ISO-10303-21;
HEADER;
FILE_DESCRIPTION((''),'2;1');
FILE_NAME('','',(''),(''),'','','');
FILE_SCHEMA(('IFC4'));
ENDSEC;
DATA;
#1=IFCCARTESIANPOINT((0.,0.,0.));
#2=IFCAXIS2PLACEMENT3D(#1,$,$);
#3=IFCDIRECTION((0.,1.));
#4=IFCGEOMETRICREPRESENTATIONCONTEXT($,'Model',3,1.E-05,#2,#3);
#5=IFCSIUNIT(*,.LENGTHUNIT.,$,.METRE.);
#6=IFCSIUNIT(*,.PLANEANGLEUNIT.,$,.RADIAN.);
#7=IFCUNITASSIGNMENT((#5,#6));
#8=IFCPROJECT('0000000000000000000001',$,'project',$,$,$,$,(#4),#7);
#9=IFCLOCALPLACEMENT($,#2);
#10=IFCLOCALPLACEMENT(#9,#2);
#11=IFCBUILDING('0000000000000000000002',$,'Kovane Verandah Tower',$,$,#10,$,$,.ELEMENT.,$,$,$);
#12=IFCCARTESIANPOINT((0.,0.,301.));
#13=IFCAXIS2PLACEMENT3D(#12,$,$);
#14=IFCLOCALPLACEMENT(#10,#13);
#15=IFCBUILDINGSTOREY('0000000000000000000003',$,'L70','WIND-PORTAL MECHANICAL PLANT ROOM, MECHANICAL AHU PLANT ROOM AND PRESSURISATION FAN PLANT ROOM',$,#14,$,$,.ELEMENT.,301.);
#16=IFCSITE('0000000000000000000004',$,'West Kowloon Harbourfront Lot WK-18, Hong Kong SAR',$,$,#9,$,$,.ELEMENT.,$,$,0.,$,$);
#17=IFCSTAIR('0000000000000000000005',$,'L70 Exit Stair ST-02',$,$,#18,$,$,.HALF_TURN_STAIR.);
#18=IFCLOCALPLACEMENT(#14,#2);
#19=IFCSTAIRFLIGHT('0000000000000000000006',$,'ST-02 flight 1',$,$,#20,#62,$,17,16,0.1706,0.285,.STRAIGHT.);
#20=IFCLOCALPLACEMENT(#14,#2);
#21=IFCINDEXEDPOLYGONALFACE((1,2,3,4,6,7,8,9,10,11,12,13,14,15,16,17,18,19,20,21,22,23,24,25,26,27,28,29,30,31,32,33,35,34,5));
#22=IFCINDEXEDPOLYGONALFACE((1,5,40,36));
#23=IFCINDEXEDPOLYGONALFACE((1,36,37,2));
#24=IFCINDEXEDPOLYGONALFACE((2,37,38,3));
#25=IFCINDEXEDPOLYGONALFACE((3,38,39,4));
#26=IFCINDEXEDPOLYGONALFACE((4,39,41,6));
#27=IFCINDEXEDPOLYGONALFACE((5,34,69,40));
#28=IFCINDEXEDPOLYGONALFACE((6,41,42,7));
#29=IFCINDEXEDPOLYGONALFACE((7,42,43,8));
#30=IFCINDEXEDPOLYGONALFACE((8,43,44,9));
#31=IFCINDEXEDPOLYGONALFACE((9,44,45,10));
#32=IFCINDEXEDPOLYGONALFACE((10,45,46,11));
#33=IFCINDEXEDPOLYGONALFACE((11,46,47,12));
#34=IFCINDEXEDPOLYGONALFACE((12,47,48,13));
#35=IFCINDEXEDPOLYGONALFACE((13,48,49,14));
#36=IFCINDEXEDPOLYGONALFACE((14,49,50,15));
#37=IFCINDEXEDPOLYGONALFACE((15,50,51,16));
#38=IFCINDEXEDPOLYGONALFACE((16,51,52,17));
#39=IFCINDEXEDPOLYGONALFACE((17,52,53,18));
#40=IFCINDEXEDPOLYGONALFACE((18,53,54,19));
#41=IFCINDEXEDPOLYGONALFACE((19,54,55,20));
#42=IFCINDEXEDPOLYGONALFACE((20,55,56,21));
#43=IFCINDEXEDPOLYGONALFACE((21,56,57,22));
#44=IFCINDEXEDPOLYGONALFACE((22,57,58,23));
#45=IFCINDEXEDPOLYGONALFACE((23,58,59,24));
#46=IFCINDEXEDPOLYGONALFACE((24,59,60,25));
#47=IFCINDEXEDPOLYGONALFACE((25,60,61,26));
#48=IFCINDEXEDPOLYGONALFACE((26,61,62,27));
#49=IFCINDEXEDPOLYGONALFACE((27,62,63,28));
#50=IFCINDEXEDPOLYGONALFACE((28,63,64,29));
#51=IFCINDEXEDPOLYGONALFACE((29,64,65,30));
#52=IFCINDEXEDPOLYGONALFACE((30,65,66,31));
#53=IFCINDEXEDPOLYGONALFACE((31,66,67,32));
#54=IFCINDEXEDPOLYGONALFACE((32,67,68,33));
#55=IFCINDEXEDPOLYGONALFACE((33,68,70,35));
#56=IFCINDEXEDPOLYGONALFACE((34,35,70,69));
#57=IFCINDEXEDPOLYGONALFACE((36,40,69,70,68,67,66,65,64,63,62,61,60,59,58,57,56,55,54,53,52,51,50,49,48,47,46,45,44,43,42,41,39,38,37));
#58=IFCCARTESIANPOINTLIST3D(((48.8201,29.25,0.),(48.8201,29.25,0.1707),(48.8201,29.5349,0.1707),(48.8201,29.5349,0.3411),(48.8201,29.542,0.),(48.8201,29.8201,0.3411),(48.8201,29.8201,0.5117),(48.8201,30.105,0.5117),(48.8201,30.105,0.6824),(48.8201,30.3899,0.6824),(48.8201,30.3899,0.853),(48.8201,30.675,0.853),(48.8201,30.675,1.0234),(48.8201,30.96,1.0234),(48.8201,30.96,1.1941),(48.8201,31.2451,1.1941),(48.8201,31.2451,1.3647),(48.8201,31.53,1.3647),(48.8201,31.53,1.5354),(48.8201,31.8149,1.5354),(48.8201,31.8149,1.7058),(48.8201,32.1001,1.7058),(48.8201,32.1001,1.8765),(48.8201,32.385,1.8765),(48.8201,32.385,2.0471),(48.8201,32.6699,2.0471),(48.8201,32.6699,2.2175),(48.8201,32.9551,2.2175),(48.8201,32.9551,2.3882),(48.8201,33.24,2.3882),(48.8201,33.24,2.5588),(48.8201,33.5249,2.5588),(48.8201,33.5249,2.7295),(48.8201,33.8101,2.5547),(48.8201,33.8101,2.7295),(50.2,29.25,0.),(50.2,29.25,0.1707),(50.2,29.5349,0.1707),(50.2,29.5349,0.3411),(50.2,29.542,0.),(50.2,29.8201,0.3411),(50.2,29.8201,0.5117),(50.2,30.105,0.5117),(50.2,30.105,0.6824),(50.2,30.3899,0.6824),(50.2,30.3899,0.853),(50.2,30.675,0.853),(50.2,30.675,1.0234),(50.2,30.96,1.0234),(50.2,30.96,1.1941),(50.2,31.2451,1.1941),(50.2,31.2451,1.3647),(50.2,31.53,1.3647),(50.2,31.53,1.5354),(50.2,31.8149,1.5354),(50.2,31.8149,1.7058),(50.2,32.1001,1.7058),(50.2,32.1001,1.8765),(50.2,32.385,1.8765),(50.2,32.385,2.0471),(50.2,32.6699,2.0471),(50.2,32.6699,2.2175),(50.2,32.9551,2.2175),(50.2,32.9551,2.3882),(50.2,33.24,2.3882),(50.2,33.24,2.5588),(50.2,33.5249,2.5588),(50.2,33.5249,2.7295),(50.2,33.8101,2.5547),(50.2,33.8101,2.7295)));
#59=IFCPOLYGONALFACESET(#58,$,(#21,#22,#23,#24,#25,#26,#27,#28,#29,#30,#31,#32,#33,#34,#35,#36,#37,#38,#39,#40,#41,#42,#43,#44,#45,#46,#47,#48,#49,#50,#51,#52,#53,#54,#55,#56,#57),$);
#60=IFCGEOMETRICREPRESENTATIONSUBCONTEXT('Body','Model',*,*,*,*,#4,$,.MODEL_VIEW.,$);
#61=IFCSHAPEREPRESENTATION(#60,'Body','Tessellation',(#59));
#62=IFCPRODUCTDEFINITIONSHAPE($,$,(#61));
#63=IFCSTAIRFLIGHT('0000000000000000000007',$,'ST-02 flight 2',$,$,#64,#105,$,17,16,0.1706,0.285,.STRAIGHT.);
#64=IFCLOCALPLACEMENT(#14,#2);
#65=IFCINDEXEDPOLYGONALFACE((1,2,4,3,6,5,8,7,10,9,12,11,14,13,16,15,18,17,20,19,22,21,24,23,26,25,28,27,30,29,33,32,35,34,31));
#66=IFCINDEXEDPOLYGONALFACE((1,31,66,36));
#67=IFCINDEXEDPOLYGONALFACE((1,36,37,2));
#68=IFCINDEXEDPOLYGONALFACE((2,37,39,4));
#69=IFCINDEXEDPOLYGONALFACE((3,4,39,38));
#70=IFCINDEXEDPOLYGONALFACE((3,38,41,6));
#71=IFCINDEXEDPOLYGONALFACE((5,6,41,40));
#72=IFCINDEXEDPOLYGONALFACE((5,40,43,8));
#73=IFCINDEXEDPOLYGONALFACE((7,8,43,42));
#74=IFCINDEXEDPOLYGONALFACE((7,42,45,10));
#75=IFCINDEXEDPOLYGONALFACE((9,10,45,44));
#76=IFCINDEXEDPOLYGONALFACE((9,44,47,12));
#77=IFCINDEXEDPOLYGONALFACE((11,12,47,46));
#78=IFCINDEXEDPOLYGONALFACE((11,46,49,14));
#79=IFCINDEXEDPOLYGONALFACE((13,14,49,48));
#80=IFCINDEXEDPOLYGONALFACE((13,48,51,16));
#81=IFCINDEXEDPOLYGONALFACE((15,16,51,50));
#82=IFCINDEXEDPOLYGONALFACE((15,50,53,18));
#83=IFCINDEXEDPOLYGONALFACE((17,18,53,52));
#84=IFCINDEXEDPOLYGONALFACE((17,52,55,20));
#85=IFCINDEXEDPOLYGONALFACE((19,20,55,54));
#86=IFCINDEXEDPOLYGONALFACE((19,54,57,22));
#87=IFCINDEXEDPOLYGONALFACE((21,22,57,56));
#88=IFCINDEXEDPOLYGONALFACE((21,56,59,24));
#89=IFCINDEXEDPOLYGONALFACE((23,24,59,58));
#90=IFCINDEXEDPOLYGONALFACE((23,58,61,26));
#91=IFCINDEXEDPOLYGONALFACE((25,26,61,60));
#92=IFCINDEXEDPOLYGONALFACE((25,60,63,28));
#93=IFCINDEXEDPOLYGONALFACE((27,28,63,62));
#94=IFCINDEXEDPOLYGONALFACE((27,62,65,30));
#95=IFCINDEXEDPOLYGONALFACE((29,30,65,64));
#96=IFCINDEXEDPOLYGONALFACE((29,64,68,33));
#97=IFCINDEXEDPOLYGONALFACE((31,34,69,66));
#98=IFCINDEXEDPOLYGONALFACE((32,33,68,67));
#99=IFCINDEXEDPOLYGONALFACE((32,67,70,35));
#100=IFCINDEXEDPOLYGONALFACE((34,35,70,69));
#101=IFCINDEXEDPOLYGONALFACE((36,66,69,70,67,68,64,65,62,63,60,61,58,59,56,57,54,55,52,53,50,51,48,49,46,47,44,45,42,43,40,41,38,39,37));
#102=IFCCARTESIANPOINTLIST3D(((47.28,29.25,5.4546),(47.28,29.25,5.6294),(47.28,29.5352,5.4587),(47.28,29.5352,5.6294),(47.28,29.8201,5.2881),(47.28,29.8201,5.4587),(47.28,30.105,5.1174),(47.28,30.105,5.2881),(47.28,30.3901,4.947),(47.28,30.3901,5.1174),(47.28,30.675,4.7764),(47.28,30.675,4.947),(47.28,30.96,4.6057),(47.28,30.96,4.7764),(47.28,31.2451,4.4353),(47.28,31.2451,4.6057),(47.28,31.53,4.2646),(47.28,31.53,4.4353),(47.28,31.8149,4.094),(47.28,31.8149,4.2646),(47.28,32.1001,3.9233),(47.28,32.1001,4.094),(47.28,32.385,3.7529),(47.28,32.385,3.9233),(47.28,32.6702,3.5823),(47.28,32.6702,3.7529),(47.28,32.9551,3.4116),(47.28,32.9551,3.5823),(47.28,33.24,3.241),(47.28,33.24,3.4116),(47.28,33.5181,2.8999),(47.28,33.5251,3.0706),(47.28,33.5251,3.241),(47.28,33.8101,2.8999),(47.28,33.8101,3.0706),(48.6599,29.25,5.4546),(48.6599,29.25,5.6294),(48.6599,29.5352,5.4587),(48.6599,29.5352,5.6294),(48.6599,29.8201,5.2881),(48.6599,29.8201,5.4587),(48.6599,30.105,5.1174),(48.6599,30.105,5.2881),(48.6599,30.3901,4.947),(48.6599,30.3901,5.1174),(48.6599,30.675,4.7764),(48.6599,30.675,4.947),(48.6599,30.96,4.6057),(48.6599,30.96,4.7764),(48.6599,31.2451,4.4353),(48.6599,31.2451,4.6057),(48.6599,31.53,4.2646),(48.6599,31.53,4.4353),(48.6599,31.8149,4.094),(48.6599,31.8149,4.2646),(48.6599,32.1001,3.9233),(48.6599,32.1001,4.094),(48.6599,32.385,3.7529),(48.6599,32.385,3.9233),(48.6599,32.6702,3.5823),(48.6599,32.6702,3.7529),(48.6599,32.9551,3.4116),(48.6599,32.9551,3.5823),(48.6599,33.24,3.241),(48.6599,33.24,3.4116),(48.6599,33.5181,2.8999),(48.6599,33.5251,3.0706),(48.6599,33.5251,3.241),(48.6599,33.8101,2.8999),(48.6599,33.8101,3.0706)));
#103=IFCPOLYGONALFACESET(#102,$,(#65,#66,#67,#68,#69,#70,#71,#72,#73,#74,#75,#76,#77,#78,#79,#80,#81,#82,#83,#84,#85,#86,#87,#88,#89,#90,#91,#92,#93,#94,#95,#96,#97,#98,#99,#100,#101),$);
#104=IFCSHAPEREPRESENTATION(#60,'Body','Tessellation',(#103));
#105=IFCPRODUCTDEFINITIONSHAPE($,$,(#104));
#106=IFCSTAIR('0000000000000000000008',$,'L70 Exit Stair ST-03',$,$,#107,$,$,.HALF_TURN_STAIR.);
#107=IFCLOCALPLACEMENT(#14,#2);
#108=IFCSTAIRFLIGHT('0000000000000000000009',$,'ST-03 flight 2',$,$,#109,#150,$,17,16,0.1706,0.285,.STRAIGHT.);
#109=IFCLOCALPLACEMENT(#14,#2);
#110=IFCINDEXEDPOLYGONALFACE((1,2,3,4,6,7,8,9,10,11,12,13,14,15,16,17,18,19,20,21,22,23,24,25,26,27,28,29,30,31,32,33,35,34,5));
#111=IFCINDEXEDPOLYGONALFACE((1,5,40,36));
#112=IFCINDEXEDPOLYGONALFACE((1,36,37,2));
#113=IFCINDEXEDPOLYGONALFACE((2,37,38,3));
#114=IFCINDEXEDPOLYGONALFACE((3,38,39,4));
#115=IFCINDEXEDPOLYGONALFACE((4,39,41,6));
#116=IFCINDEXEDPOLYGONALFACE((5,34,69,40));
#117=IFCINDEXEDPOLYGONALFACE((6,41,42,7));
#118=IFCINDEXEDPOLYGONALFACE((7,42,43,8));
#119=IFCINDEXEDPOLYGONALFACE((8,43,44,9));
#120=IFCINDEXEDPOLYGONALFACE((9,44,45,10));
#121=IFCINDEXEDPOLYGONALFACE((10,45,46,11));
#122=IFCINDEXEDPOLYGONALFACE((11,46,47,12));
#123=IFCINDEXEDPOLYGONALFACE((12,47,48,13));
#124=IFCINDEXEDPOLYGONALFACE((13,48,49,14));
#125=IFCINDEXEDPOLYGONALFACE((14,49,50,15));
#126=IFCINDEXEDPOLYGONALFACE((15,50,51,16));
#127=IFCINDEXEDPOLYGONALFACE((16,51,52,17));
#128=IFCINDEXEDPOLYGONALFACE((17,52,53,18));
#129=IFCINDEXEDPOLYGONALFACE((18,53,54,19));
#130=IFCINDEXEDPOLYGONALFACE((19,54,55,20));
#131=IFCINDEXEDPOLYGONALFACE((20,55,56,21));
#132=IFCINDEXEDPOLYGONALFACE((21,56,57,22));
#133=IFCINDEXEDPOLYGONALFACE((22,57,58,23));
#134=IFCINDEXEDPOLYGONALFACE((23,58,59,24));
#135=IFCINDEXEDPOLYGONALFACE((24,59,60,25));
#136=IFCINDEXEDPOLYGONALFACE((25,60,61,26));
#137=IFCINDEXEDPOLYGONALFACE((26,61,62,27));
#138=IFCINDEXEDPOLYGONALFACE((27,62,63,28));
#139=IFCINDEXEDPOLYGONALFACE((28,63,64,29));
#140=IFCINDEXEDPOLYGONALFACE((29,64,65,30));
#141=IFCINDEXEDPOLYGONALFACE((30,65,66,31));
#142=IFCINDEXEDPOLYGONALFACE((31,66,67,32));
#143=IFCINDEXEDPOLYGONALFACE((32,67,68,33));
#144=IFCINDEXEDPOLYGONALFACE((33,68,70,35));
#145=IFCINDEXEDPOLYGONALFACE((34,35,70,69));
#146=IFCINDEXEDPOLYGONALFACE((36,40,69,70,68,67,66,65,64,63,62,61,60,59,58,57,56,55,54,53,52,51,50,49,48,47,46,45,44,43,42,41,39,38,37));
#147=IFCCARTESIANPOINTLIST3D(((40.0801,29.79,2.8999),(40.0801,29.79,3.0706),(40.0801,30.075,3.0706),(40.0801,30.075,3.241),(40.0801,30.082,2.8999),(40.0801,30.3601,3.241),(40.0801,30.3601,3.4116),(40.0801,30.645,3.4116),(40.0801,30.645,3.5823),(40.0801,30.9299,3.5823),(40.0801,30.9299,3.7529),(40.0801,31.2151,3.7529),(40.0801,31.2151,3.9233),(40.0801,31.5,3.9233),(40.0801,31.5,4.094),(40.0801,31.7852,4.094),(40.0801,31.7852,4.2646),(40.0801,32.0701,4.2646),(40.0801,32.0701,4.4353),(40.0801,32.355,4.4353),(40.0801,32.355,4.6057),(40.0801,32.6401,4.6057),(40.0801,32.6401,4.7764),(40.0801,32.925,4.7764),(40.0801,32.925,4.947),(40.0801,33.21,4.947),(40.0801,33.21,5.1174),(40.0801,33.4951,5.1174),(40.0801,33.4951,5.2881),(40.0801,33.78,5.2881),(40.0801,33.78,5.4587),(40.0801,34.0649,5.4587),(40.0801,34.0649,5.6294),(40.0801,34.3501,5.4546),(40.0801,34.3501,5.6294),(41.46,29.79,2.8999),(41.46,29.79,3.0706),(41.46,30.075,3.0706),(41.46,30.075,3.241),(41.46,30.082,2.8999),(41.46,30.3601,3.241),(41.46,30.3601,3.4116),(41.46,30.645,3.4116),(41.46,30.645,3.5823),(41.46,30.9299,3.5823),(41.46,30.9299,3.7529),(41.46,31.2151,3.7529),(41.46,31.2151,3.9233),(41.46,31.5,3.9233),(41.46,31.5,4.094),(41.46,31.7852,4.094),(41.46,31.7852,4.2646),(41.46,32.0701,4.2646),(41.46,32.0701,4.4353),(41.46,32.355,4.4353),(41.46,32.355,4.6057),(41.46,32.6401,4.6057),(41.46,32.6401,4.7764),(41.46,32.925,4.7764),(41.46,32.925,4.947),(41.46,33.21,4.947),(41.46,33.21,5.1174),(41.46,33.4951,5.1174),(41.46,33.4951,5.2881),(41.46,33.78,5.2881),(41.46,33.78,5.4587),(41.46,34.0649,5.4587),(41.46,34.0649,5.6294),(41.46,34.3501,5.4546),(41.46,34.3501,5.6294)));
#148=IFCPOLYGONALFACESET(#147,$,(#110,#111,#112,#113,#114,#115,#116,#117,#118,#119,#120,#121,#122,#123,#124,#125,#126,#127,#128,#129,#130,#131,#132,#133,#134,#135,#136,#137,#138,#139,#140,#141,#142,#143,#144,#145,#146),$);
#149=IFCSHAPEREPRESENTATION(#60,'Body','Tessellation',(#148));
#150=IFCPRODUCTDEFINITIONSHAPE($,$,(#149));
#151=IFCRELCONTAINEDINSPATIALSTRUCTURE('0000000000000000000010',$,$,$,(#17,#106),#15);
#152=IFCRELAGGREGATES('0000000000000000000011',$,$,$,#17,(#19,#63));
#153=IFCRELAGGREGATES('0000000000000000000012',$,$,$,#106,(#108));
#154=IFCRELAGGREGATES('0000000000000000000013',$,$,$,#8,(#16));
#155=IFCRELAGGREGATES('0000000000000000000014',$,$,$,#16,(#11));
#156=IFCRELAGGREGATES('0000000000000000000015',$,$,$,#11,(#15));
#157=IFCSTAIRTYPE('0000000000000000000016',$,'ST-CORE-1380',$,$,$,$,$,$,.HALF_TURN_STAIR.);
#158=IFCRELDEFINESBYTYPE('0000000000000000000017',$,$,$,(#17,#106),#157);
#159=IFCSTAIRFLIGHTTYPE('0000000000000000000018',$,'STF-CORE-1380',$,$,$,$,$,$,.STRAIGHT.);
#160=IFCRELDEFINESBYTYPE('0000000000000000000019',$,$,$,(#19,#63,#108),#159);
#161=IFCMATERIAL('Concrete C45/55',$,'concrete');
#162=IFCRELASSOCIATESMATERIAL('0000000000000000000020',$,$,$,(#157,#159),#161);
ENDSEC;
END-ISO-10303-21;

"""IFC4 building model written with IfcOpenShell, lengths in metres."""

from ifc_helpers import new_model, si_unit, direction, frame, origin, place, context, subcontext, project, spatial, polyline, outline, extrude, material, type_object, element, aggregate, save


model = new_model("IFC4")

# Units and contexts
model_context = context("Model", 3, precision=1e-05, world=origin(), true_north=direction((0.0, 1.0)))
body_context = subcontext(model_context, "Body", "Model", "MODEL_VIEW")
ifc_project = project(units=[si_unit("LENGTHUNIT", "METRE"), si_unit("PLANEANGLEUNIT", "RADIAN")], contexts=[model_context])

# Site, building, storey
site_placement = place(None, origin())
site = spatial("IfcSite", under=ifc_project, at=site_placement, Name="West Kowloon Harbourfront Lot WK-18, Hong Kong SAR", CompositionType="ELEMENT", RefElevation=0.0)
building_placement = place(site_placement, origin())
building = spatial("IfcBuilding", under=site, at=building_placement, Name="Kovane Verandah Tower", CompositionType="ELEMENT")
storey_placement = place(building_placement, frame((0.0, 0.0, 301.0)))
storey = spatial("IfcBuildingStorey", under=building, at=storey_placement, Name="L70", Description="WIND-PORTAL MECHANICAL PLANT ROOM, MECHANICAL AHU PLANT ROOM AND PRESSURISATION FAN PLANT ROOM", CompositionType="ELEMENT", Elevation=301.0)

# Shared definitions
ifc_material_1 = material(Name="Concrete C45/55", Category="concrete")

# Stair, stair flights
stair_type = type_object("IfcStairType", Name="ST-CORE-1380", PredefinedType="HALF_TURN_STAIR", material=ifc_material_1)
stair_1_placement = place(storey_placement, origin())
stair_1 = element("IfcStair", 1, at=stair_1_placement, inside=storey, type_object=stair_type, Name="L70 Exit Stair ST-02", PredefinedType="HALF_TURN_STAIR")
stair_flight_type = type_object("IfcStairFlightType", Name="STF-CORE-1380", PredefinedType="STRAIGHT", material=ifc_material_1)
stair_flight_1_placement = place(storey_placement, frame((49.51, 29.25, 0.0), z_axis=(0.0, 0.0, 1.0), x_axis=(0.0, 1.0, 0.0)))
stair_flight_1 = element("IfcStairFlight", 2, at=stair_flight_1_placement, type_object=stair_flight_type, Name="ST-02 flight 1", NumberOfRisers=17, NumberOfTreads=16, PredefinedType="STRAIGHT", RiserHeight=0.1706, TreadLength=0.285, context=body_context, shape_type="SweptSolid", body=[
    extrude(outline(polyline([(0.0, 0.0), (0.0, 0.1707), (0.2849, 0.1707), (0.2849, 0.3411), (0.5701, 0.3411), (0.5701, 0.5117), (0.855, 0.5117), (0.855, 0.6824), (1.1399, 0.6824), (1.1399, 0.853), (1.425, 0.853), (1.425, 1.0234), (1.71, 1.0234), (1.71, 1.1941), (1.9951, 1.1941), (1.9951, 1.3647), (2.28, 1.3647), (2.28, 1.5354), (2.5649, 1.5354), (2.5649, 1.7058), (2.8501, 1.7058), (2.8501, 1.8765), (3.135, 1.8765), (3.135, 2.0471), (3.4199, 2.0471), (3.4199, 2.2175), (3.7051, 2.2175), (3.7051, 2.3882), (3.99, 2.3882), (3.99, 2.5588), (4.2749, 2.5588), (4.2749, 2.7295), (4.5601, 2.7295), (4.5601, 2.8999), (4.5601, 2.5547), (0.292, 0.0), (0.0, 0.0)])), frame((0.0, 0.6899, 0.0), z_axis=(0.0, -1.0, 0.0), x_axis=(1.0, 0.0, 0.0)), (0.0, 0.0, 1.0), 1.3799),
])
stair_flight_2_placement = place(storey_placement, frame((47.97, 33.8101, 2.8999), z_axis=(0.0, 0.0, 1.0), x_axis=(0.0, -1.0, 0.0)))
stair_flight_2 = element("IfcStairFlight", 3, at=stair_flight_2_placement, type_object=stair_flight_type, Name="ST-02 flight 2", NumberOfRisers=17, NumberOfTreads=16, PredefinedType="STRAIGHT", RiserHeight=0.1706, TreadLength=0.285, context=body_context, shape_type="SweptSolid", body=[
    extrude(outline(polyline([(0.0, 0.0), (0.0, 0.1707), (0.2849, 0.1707), (0.2849, 0.3411), (0.5701, 0.3411), (0.5701, 0.5117), (0.855, 0.5117), (0.855, 0.6824), (1.1399, 0.6824), (1.1399, 0.853), (1.425, 0.853), (1.425, 1.0234), (1.71, 1.0234), (1.71, 1.1941), (1.9951, 1.1941), (1.9951, 1.3647), (2.28, 1.3647), (2.28, 1.5354), (2.5649, 1.5354), (2.5649, 1.7058), (2.8501, 1.7058), (2.8501, 1.8765), (3.135, 1.8765), (3.135, 2.0471), (3.4199, 2.0471), (3.4199, 2.2175), (3.7051, 2.2175), (3.7051, 2.3882), (3.99, 2.3882), (3.99, 2.5588), (4.2749, 2.5588), (4.2749, 2.7295), (4.5601, 2.7295), (4.5601, 2.8999), (4.5601, 2.5547), (0.292, 0.0), (0.0, 0.0)])), frame((0.0, 0.6899, 0.0), z_axis=(0.0, -1.0, 0.0), x_axis=(1.0, 0.0, 0.0)), (0.0, 0.0, 1.0), 1.3799),
])
aggregate(stair_1, [stair_flight_1, stair_flight_2])

# Stair, stair flight
stair_2_placement = place(storey_placement, origin())
stair_2 = element("IfcStair", 4, at=stair_2_placement, inside=storey, type_object=stair_type, Name="L70 Exit Stair ST-03", PredefinedType="HALF_TURN_STAIR")
stair_flight_3_placement = place(storey_placement, frame((40.77, 29.79, 2.8999), z_axis=(0.0, 0.0, 1.0), x_axis=(0.0, 1.0, 0.0)))
stair_flight_3 = element("IfcStairFlight", 5, at=stair_flight_3_placement, type_object=stair_flight_type, Name="ST-03 flight 2", NumberOfRisers=17, NumberOfTreads=16, PredefinedType="STRAIGHT", RiserHeight=0.1706, TreadLength=0.285, context=body_context, shape_type="SweptSolid", body=[
    extrude(outline(polyline([(0.0, 0.0), (0.0, 0.1707), (0.2849, 0.1707), (0.2849, 0.3411), (0.5701, 0.3411), (0.5701, 0.5117), (0.855, 0.5117), (0.855, 0.6824), (1.1399, 0.6824), (1.1399, 0.853), (1.425, 0.853), (1.425, 1.0234), (1.71, 1.0234), (1.71, 1.1941), (1.9951, 1.1941), (1.9951, 1.3647), (2.28, 1.3647), (2.28, 1.5354), (2.5649, 1.5354), (2.5649, 1.7058), (2.8501, 1.7058), (2.8501, 1.8765), (3.135, 1.8765), (3.135, 2.0471), (3.4199, 2.0471), (3.4199, 2.2175), (3.7051, 2.2175), (3.7051, 2.3882), (3.99, 2.3882), (3.99, 2.5588), (4.2749, 2.5588), (4.2749, 2.7295), (4.5601, 2.7295), (4.5601, 2.8999), (4.5601, 2.5547), (0.292, 0.0), (0.0, 0.0)])), frame((0.0, 0.6899, 0.0), z_axis=(0.0, -1.0, 0.0), x_axis=(1.0, 0.0, 0.0)), (0.0, 0.0, 1.0), 1.3799),
])
aggregate(stair_2, [stair_flight_3])

save(model, "model.ifc")
